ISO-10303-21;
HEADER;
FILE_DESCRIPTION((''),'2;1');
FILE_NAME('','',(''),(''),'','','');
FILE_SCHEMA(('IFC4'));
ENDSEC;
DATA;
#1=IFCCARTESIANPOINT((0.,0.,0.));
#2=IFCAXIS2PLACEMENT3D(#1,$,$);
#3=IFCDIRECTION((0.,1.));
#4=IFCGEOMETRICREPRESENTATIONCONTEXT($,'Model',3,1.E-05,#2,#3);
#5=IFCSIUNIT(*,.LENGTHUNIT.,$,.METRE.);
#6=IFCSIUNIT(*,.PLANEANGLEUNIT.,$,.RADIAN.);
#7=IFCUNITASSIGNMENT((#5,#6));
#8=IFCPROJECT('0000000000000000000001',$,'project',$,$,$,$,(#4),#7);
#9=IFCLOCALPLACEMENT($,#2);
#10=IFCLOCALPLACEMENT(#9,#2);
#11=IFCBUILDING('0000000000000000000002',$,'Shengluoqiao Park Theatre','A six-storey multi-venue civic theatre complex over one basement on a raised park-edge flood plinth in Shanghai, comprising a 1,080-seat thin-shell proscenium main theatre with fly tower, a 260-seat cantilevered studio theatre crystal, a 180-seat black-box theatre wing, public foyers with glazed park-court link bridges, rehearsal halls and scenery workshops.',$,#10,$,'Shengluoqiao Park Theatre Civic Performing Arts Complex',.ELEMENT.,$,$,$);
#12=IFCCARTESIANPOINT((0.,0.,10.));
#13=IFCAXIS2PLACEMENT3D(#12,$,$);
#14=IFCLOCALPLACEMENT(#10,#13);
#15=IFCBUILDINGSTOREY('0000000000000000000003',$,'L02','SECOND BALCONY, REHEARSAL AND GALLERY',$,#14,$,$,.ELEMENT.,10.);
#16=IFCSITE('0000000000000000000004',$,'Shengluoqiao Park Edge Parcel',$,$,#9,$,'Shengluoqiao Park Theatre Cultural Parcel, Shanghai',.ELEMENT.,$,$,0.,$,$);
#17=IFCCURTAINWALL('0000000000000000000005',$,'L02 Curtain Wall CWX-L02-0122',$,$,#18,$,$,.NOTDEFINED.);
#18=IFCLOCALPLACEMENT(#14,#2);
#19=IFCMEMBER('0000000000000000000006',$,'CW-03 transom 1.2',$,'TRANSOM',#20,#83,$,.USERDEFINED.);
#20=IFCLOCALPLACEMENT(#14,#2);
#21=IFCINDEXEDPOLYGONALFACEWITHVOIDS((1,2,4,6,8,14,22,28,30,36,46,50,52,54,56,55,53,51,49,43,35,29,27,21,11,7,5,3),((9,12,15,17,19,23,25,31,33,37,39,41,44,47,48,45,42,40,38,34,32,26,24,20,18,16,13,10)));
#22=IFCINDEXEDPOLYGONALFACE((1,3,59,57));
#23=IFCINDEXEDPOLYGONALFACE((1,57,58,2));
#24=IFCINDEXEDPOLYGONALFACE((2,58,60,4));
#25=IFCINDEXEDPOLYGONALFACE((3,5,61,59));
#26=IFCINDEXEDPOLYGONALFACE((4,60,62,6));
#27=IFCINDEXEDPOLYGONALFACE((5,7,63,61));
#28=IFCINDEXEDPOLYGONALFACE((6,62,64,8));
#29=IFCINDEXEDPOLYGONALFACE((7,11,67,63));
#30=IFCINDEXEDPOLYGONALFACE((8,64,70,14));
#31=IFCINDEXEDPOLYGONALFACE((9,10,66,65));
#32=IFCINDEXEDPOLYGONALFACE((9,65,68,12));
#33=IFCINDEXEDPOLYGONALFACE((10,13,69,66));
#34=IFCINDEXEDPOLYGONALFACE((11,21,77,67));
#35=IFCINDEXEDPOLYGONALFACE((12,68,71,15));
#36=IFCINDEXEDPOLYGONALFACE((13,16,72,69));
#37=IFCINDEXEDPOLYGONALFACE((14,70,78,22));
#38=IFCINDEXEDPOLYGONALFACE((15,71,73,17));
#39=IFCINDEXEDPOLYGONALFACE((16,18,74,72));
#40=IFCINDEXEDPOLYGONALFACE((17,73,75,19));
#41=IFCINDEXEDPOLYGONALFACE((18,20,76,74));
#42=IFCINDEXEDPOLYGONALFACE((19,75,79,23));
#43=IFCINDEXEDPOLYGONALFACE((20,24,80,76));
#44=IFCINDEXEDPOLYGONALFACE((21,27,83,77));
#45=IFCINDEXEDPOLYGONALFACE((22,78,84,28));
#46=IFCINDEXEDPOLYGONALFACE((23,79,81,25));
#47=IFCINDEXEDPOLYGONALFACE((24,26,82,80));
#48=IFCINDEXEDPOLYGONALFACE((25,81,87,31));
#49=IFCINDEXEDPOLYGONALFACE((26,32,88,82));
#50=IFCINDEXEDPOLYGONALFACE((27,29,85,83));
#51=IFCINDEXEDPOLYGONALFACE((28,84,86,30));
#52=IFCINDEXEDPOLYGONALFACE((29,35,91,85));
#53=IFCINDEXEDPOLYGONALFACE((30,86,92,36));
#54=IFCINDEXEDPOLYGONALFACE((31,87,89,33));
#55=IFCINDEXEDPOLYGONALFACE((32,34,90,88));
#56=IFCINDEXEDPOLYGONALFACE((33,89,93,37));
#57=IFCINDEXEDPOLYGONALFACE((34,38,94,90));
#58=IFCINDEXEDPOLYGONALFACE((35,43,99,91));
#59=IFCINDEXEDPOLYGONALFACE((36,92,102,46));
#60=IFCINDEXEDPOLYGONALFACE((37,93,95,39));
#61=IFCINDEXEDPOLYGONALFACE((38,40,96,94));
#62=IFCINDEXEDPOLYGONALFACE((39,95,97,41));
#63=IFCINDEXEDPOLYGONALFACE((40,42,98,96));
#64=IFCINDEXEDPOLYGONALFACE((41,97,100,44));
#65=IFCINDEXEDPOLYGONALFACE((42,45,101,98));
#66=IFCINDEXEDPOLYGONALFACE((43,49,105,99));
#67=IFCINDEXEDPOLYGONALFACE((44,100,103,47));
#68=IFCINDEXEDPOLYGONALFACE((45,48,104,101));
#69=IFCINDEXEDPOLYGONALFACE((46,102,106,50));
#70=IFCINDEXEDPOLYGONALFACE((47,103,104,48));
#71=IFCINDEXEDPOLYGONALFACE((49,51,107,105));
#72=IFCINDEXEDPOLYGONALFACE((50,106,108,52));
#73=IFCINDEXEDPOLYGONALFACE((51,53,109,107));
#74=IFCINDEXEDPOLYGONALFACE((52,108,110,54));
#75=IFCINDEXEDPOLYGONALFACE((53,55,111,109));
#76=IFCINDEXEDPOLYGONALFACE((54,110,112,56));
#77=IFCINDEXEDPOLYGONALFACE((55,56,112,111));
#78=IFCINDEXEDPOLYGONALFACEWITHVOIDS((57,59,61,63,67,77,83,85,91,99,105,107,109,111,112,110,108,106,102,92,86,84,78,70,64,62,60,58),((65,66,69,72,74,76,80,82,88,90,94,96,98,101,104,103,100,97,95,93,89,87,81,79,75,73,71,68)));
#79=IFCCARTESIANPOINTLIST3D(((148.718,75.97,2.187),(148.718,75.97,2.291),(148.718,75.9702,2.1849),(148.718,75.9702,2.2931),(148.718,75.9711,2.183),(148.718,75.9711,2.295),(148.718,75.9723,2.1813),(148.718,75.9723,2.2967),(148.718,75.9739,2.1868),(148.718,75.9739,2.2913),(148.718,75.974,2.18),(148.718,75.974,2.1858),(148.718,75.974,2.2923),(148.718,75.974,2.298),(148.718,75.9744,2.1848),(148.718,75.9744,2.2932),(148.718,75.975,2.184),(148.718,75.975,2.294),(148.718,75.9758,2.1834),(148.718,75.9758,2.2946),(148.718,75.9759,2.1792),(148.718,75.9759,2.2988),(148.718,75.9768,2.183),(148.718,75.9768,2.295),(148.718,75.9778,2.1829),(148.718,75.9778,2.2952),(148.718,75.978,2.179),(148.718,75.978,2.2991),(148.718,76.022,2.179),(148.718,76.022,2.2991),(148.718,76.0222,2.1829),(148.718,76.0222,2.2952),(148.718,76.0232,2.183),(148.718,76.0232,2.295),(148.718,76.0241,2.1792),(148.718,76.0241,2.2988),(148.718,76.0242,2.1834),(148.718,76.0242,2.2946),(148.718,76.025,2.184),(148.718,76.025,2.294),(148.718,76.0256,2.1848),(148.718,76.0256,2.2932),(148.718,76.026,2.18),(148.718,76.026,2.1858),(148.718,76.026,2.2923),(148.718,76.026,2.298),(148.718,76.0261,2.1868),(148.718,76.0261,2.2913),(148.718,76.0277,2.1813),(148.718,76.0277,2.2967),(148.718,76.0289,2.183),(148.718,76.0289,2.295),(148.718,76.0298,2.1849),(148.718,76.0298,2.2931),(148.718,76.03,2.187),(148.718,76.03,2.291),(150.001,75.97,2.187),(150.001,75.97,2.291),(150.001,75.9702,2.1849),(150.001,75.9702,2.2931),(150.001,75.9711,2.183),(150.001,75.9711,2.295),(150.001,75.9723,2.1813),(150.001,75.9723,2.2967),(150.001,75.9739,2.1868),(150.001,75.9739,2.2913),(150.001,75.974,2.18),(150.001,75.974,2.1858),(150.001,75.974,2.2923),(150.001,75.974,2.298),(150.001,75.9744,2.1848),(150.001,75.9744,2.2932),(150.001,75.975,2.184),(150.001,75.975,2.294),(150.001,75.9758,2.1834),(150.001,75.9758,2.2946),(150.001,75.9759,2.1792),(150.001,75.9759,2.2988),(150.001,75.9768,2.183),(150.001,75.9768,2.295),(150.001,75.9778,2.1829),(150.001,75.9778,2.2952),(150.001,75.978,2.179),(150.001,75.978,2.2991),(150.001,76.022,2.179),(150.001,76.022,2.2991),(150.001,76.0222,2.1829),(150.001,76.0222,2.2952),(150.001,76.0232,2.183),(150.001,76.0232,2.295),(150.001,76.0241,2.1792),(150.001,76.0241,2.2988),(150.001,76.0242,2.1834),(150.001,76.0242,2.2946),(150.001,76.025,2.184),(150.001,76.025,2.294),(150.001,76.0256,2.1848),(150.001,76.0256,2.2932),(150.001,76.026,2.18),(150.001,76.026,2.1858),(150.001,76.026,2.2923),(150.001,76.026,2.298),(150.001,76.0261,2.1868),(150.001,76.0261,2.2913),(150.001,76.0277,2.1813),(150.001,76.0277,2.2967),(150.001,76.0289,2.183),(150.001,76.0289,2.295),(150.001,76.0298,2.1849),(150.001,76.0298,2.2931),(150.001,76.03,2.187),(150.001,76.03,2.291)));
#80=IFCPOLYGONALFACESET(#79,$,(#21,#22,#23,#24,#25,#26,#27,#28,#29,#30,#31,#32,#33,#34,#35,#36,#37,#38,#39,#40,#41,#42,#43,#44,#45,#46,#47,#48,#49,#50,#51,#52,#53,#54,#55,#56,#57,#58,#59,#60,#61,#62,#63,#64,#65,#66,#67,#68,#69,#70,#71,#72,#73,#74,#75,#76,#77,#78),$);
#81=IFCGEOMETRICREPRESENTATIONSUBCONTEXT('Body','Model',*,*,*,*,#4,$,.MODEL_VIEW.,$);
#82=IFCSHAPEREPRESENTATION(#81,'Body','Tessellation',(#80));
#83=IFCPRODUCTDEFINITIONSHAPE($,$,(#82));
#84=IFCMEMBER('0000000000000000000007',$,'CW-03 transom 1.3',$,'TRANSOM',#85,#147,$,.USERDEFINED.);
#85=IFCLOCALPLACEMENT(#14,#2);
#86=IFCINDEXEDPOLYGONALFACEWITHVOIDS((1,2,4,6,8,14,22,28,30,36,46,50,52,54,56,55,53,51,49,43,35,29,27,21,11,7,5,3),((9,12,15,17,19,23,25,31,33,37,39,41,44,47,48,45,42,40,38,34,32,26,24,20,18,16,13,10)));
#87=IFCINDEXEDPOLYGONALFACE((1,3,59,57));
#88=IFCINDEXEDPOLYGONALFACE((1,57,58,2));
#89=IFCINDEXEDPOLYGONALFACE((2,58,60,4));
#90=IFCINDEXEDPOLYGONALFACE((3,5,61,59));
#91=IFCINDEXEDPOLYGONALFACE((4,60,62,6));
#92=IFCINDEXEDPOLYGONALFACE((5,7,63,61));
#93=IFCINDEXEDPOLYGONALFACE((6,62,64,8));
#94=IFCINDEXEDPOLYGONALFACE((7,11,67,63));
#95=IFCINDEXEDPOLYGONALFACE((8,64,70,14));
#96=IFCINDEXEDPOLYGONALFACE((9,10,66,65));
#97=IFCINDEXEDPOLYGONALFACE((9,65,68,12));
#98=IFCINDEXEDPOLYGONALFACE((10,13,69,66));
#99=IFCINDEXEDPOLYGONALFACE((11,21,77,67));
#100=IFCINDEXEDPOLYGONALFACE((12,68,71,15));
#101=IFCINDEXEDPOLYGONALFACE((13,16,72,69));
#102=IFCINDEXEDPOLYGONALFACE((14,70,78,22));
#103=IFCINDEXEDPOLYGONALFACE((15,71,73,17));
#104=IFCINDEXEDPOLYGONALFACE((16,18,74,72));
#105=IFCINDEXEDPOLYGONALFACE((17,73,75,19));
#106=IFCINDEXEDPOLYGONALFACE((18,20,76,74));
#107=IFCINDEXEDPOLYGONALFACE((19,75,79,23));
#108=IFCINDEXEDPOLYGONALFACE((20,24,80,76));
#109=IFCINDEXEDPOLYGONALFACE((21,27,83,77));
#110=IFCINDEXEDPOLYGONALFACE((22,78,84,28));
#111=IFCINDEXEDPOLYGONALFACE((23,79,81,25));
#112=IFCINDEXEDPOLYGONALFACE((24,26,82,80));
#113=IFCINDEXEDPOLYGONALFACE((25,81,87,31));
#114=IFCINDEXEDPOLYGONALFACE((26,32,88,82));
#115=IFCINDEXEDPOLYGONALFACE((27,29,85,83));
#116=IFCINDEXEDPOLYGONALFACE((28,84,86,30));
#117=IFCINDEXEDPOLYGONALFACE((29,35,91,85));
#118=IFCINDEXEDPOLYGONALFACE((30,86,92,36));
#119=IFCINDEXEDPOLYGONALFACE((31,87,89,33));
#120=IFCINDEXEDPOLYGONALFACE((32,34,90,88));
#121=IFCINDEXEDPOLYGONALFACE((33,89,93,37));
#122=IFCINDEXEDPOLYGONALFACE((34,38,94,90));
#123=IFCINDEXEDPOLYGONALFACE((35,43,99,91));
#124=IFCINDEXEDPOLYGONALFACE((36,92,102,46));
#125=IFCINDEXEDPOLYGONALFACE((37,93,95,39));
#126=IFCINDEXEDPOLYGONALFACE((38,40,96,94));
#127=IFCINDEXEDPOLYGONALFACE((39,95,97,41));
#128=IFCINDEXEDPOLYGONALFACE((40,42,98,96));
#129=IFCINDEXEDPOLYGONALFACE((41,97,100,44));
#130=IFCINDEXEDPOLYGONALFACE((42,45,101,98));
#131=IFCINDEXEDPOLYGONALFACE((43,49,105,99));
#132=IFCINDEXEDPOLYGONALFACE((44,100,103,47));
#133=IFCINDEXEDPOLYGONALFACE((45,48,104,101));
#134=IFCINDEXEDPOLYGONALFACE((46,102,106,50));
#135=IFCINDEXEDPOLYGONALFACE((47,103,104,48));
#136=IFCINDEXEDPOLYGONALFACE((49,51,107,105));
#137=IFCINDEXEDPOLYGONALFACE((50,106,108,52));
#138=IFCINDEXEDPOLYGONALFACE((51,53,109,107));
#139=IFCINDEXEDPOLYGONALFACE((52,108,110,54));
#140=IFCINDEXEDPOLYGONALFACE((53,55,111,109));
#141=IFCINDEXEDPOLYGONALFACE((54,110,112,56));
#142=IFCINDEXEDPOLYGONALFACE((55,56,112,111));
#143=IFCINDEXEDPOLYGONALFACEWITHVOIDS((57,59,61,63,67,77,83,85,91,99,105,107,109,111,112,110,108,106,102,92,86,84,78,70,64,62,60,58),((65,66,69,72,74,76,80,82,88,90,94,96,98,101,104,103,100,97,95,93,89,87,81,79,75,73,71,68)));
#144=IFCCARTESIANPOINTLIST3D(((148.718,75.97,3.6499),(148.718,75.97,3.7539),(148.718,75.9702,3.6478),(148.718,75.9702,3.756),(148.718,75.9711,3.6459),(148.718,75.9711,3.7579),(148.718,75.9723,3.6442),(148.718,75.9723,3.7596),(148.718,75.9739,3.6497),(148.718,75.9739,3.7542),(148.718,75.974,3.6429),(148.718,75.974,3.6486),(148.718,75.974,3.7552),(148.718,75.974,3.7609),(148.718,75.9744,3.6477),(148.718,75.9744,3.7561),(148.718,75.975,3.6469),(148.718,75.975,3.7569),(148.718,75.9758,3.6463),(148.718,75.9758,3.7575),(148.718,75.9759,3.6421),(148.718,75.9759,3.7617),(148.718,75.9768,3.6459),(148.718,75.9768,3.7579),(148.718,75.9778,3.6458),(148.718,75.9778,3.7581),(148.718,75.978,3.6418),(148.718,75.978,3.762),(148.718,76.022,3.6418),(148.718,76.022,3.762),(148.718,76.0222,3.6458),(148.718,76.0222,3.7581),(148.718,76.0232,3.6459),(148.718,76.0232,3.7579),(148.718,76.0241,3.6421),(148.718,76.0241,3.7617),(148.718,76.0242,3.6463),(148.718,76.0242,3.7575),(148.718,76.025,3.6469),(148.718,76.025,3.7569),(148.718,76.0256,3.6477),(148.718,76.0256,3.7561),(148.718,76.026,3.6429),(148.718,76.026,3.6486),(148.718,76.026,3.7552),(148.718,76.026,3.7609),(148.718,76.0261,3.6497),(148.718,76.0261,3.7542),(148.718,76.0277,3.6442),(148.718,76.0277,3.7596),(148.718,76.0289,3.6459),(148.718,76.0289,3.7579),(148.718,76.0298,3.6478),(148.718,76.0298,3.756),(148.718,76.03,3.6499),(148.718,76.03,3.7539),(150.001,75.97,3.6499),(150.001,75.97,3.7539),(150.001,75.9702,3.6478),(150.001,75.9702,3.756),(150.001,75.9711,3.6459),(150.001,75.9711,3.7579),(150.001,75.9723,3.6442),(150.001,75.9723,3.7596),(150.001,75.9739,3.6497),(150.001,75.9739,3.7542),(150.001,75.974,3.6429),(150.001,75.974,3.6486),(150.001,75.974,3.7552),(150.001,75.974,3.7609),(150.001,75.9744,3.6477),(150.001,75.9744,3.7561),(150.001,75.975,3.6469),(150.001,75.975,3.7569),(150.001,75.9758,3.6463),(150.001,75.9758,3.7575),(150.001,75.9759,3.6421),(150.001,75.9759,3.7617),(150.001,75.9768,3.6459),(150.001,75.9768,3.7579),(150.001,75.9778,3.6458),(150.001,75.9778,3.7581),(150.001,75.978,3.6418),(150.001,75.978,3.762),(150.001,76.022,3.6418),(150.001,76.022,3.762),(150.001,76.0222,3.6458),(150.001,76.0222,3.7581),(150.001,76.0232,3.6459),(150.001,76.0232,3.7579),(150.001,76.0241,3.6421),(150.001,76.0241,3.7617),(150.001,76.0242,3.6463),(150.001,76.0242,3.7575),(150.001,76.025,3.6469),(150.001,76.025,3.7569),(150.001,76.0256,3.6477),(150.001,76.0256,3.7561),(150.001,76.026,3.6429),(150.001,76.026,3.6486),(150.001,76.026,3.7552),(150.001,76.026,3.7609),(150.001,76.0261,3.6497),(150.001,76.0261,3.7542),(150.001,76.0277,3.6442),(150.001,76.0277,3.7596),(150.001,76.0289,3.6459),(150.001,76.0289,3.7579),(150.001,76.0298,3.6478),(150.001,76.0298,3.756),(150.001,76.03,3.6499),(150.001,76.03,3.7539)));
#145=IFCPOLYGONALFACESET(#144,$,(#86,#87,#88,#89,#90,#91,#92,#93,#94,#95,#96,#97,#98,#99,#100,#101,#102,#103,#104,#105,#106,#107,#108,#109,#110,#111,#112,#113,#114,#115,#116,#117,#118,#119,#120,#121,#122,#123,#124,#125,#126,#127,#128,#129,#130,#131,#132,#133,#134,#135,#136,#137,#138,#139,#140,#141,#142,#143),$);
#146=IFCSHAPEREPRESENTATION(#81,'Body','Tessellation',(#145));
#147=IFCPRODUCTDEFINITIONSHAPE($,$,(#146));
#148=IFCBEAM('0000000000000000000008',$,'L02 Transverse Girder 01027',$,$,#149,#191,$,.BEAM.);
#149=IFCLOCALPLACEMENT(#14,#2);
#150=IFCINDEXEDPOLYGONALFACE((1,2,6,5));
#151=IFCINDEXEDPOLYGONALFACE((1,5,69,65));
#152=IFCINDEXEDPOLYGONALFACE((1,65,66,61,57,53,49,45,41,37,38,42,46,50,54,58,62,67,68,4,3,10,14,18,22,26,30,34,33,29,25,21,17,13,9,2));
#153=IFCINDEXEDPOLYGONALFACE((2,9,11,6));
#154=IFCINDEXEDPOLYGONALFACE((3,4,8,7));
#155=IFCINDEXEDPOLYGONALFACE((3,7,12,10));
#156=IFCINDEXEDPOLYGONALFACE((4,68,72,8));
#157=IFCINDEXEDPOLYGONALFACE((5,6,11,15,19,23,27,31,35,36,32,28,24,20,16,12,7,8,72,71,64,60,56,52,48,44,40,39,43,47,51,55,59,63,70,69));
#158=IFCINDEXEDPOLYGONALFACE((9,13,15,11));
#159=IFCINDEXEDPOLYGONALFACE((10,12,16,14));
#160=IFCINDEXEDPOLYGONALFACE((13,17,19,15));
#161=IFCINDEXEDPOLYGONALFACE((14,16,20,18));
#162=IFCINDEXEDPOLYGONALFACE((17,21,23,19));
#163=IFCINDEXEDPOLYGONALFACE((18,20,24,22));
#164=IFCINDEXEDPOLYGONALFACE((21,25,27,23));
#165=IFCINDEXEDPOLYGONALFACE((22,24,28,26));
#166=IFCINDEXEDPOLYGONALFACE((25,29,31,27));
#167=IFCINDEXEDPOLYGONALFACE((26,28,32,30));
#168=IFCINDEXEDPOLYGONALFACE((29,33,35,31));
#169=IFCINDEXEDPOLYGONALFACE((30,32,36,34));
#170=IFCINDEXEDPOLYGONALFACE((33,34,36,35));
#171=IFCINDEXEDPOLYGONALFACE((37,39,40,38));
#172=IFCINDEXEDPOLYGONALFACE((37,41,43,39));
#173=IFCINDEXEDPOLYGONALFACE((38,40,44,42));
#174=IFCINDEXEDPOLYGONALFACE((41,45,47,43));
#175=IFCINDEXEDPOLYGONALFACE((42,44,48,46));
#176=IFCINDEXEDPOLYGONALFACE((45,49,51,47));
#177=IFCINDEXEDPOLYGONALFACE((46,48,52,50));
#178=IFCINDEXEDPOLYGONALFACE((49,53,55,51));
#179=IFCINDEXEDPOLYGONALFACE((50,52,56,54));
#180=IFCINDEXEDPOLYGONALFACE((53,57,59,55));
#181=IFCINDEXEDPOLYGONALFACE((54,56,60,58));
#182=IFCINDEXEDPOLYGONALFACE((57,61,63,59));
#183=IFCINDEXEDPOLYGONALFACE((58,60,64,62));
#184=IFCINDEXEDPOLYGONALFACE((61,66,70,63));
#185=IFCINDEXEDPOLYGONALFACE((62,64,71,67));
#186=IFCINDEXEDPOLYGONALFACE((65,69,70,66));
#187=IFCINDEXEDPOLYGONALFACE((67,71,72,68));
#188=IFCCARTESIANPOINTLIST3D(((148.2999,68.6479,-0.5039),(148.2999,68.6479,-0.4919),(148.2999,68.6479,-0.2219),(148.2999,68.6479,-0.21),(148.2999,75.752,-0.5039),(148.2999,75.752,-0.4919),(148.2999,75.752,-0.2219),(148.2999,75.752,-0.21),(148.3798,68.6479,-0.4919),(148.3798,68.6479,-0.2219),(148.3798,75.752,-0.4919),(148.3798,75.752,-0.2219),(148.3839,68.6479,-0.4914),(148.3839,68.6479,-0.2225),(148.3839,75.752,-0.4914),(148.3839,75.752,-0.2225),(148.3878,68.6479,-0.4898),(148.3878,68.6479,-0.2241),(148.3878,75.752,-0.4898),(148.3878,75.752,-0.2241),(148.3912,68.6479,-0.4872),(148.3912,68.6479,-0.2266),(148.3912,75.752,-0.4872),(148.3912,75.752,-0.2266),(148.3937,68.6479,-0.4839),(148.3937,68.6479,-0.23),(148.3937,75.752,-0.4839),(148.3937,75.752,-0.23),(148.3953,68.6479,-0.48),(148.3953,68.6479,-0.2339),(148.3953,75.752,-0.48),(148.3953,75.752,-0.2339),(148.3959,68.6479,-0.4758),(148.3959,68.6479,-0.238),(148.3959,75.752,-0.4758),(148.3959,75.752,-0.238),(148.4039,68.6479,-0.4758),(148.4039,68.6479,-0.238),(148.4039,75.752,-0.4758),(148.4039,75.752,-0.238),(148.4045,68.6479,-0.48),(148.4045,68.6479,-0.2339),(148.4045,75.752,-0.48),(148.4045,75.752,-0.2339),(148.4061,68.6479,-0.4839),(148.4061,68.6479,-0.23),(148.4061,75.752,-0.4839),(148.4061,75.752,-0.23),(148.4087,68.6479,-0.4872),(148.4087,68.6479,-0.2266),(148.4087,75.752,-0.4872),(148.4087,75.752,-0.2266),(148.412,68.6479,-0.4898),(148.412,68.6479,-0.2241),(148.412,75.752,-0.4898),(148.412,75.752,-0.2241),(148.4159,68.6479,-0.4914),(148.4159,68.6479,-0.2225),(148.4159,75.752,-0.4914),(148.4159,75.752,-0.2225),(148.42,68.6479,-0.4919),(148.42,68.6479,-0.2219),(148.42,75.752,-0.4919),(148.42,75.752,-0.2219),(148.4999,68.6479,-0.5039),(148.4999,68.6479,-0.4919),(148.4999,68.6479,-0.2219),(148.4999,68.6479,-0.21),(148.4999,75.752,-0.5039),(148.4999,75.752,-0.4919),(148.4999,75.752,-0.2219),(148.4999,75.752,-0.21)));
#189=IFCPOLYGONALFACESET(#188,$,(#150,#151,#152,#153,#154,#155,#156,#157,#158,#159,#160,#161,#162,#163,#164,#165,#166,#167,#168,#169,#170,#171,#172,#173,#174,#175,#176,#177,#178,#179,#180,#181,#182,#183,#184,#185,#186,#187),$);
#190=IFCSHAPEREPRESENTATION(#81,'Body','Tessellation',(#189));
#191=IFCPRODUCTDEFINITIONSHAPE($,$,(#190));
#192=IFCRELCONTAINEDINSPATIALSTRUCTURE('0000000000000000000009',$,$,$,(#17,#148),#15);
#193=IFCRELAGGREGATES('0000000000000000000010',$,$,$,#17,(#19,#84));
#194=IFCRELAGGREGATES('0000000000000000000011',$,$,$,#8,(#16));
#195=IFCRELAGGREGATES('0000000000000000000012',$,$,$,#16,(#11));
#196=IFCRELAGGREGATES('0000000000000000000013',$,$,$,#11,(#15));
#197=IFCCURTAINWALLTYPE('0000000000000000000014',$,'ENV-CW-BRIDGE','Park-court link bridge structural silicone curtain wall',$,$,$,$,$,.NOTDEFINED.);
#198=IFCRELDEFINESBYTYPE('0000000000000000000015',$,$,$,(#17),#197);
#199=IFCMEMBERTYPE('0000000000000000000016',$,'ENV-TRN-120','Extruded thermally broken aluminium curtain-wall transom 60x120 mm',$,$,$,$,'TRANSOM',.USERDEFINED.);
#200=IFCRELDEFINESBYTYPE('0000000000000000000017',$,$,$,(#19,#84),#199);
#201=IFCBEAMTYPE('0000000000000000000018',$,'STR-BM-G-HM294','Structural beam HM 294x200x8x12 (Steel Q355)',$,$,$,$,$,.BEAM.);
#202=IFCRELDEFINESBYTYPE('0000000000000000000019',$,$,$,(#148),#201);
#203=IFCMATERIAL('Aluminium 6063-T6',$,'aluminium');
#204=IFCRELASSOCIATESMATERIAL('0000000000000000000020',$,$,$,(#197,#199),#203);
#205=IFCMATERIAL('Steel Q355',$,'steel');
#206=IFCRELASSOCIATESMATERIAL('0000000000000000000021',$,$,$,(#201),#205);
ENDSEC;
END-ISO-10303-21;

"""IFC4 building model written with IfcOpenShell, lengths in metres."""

from ifc_helpers import new_model, si_unit, direction, frame, origin, origin_2d, place, context, subcontext, project, spatial, hollow_rectangle, i_section, extrude, material, material_profile, profile_set, type_object, element, aggregate, save


model = new_model("IFC4")

# Units and contexts
model_context = context("Model", 3, precision=1e-05, world=origin(), true_north=direction((0.0, 1.0)))
body_context = subcontext(model_context, "Body", "Model", "MODEL_VIEW")
ifc_project = project(units=[si_unit("LENGTHUNIT", "METRE"), si_unit("PLANEANGLEUNIT", "RADIAN")], contexts=[model_context])

# Site, building, storey
site_placement = place(None, origin())
site = spatial("IfcSite", under=ifc_project, at=site_placement, Name="Shengluoqiao Park Edge Parcel", LongName="Shengluoqiao Park Theatre Cultural Parcel, Shanghai", CompositionType="ELEMENT", RefElevation=0.0)
building_placement = place(site_placement, origin())
building = spatial("IfcBuilding", under=site, at=building_placement, Name="Shengluoqiao Park Theatre", Description="A six-storey multi-venue civic theatre complex over one basement on a raised park-edge flood plinth in Shanghai, comprising a 1,080-seat thin-shell proscenium main theatre with fly tower, a 260-seat cantilevered studio theatre crystal, a 180-seat black-box theatre wing, public foyers with glazed park-court link bridges, rehearsal halls and scenery workshops.", LongName="Shengluoqiao Park Theatre Civic Performing Arts Complex", CompositionType="ELEMENT")
storey_placement = place(building_placement, frame((0.0, 0.0, 10.0)))
storey = spatial("IfcBuildingStorey", under=building, at=storey_placement, Name="L02", Description="SECOND BALCONY, REHEARSAL AND GALLERY", CompositionType="ELEMENT", Elevation=10.0)

# Shared definitions
ifc_material_1 = material(Name="Aluminium 6063-T6", Category="aluminium")
curtain_wall_type = type_object("IfcCurtainWallType", Name="ENV-CW-BRIDGE", Description="Park-court link bridge structural silicone curtain wall", PredefinedType="NOTDEFINED", material=ifc_material_1)

# Curtain wall
curtain_wall_1_placement = place(storey_placement, origin())
curtain_wall_1 = element("IfcCurtainWall", 1, at=curtain_wall_1_placement, inside=storey, type_object=curtain_wall_type, Name="L02 Curtain Wall CWX-L02-0122", PredefinedType="NOTDEFINED")

# Members
ifc_material_profile_1 = material_profile(ifc_material_1, hollow_rectangle(XDim=0.0601, YDim=0.1201, WallThickness=0.0039, InnerFilletRadius=0.0039, OuterFilletRadius=0.0081, at=origin_2d()), Name="ALU TRANSOM 120x60x4")
ifc_profile_set_1 = profile_set([ifc_material_profile_1], Name="Aluminium 6063-T6")
member_type_1 = type_object("IfcMemberType", Name="ENV-TRN-120", Description="Extruded thermally broken aluminium curtain-wall transom 60x120 mm", ElementType="TRANSOM", PredefinedType="USERDEFINED", material=ifc_profile_set_1)
member_1_placement = place(storey_placement, frame((148.718, 76.0, 2.239), z_axis=(1.0, 0.0, 0.0), x_axis=(0.0, 1.0, 0.0)))
member_1 = element("IfcMember", 2, at=member_1_placement, type_object=member_type_1, Name="CW-03 transom 1.2", ObjectType="TRANSOM", PredefinedType="USERDEFINED", context=body_context, shape_type="SweptSolid", body=[
    extrude(hollow_rectangle(XDim=0.0601, YDim=0.1201, WallThickness=0.0039, InnerFilletRadius=0.0039, OuterFilletRadius=0.0081, at=origin_2d()), origin(), (0.0, 0.0, 1.0), 1.283),
])
member_2_placement = place(storey_placement, frame((148.718, 76.0, 3.7019), z_axis=(1.0, 0.0, 0.0), x_axis=(0.0, 1.0, 0.0)))
member_2 = element("IfcMember", 3, at=member_2_placement, type_object=member_type_1, Name="CW-03 transom 1.3", ObjectType="TRANSOM", PredefinedType="USERDEFINED", context=body_context, shape_type="SweptSolid", body=[
    extrude(hollow_rectangle(XDim=0.0601, YDim=0.1201, WallThickness=0.0039, InnerFilletRadius=0.0039, OuterFilletRadius=0.0081, at=origin_2d()), origin(), (0.0, 0.0, 1.0), 1.283),
])

# Beam
ifc_material_2 = material(Name="Steel Q355", Category="steel")
ifc_material_profile_2 = material_profile(ifc_material_2, i_section(OverallWidth=0.2, OverallDepth=0.2939, WebThickness=0.0081, FlangeThickness=0.012, FilletRadius=0.0161, at=origin_2d()), Name="HM 294x200x8x12")
ifc_profile_set_2 = profile_set([ifc_material_profile_2], Name="Steel Q355")
beam_type_1 = type_object("IfcBeamType", Name="STR-BM-G-HM294", Description="Structural beam HM 294x200x8x12 (Steel Q355)", PredefinedType="BEAM", material=ifc_profile_set_2)
beam_1_placement = place(storey_placement, frame((148.3999, 68.6479, -0.3569), z_axis=(0.0, 1.0, 0.0), x_axis=(-1.0, 0.0, 0.0)))
element("IfcBeam", 4, at=beam_1_placement, inside=storey, type_object=beam_type_1, Name="L02 Transverse Girder 01027", PredefinedType="BEAM", context=body_context, shape_type="SweptSolid", body=[
    extrude(i_section(OverallWidth=0.2, OverallDepth=0.2939, WebThickness=0.0081, FlangeThickness=0.012, FilletRadius=0.0161, at=origin_2d()), origin(), (0.0, 0.0, 1.0), 7.104),
])

aggregate(curtain_wall_1, [member_1, member_2])

save(model, "model.ifc")
